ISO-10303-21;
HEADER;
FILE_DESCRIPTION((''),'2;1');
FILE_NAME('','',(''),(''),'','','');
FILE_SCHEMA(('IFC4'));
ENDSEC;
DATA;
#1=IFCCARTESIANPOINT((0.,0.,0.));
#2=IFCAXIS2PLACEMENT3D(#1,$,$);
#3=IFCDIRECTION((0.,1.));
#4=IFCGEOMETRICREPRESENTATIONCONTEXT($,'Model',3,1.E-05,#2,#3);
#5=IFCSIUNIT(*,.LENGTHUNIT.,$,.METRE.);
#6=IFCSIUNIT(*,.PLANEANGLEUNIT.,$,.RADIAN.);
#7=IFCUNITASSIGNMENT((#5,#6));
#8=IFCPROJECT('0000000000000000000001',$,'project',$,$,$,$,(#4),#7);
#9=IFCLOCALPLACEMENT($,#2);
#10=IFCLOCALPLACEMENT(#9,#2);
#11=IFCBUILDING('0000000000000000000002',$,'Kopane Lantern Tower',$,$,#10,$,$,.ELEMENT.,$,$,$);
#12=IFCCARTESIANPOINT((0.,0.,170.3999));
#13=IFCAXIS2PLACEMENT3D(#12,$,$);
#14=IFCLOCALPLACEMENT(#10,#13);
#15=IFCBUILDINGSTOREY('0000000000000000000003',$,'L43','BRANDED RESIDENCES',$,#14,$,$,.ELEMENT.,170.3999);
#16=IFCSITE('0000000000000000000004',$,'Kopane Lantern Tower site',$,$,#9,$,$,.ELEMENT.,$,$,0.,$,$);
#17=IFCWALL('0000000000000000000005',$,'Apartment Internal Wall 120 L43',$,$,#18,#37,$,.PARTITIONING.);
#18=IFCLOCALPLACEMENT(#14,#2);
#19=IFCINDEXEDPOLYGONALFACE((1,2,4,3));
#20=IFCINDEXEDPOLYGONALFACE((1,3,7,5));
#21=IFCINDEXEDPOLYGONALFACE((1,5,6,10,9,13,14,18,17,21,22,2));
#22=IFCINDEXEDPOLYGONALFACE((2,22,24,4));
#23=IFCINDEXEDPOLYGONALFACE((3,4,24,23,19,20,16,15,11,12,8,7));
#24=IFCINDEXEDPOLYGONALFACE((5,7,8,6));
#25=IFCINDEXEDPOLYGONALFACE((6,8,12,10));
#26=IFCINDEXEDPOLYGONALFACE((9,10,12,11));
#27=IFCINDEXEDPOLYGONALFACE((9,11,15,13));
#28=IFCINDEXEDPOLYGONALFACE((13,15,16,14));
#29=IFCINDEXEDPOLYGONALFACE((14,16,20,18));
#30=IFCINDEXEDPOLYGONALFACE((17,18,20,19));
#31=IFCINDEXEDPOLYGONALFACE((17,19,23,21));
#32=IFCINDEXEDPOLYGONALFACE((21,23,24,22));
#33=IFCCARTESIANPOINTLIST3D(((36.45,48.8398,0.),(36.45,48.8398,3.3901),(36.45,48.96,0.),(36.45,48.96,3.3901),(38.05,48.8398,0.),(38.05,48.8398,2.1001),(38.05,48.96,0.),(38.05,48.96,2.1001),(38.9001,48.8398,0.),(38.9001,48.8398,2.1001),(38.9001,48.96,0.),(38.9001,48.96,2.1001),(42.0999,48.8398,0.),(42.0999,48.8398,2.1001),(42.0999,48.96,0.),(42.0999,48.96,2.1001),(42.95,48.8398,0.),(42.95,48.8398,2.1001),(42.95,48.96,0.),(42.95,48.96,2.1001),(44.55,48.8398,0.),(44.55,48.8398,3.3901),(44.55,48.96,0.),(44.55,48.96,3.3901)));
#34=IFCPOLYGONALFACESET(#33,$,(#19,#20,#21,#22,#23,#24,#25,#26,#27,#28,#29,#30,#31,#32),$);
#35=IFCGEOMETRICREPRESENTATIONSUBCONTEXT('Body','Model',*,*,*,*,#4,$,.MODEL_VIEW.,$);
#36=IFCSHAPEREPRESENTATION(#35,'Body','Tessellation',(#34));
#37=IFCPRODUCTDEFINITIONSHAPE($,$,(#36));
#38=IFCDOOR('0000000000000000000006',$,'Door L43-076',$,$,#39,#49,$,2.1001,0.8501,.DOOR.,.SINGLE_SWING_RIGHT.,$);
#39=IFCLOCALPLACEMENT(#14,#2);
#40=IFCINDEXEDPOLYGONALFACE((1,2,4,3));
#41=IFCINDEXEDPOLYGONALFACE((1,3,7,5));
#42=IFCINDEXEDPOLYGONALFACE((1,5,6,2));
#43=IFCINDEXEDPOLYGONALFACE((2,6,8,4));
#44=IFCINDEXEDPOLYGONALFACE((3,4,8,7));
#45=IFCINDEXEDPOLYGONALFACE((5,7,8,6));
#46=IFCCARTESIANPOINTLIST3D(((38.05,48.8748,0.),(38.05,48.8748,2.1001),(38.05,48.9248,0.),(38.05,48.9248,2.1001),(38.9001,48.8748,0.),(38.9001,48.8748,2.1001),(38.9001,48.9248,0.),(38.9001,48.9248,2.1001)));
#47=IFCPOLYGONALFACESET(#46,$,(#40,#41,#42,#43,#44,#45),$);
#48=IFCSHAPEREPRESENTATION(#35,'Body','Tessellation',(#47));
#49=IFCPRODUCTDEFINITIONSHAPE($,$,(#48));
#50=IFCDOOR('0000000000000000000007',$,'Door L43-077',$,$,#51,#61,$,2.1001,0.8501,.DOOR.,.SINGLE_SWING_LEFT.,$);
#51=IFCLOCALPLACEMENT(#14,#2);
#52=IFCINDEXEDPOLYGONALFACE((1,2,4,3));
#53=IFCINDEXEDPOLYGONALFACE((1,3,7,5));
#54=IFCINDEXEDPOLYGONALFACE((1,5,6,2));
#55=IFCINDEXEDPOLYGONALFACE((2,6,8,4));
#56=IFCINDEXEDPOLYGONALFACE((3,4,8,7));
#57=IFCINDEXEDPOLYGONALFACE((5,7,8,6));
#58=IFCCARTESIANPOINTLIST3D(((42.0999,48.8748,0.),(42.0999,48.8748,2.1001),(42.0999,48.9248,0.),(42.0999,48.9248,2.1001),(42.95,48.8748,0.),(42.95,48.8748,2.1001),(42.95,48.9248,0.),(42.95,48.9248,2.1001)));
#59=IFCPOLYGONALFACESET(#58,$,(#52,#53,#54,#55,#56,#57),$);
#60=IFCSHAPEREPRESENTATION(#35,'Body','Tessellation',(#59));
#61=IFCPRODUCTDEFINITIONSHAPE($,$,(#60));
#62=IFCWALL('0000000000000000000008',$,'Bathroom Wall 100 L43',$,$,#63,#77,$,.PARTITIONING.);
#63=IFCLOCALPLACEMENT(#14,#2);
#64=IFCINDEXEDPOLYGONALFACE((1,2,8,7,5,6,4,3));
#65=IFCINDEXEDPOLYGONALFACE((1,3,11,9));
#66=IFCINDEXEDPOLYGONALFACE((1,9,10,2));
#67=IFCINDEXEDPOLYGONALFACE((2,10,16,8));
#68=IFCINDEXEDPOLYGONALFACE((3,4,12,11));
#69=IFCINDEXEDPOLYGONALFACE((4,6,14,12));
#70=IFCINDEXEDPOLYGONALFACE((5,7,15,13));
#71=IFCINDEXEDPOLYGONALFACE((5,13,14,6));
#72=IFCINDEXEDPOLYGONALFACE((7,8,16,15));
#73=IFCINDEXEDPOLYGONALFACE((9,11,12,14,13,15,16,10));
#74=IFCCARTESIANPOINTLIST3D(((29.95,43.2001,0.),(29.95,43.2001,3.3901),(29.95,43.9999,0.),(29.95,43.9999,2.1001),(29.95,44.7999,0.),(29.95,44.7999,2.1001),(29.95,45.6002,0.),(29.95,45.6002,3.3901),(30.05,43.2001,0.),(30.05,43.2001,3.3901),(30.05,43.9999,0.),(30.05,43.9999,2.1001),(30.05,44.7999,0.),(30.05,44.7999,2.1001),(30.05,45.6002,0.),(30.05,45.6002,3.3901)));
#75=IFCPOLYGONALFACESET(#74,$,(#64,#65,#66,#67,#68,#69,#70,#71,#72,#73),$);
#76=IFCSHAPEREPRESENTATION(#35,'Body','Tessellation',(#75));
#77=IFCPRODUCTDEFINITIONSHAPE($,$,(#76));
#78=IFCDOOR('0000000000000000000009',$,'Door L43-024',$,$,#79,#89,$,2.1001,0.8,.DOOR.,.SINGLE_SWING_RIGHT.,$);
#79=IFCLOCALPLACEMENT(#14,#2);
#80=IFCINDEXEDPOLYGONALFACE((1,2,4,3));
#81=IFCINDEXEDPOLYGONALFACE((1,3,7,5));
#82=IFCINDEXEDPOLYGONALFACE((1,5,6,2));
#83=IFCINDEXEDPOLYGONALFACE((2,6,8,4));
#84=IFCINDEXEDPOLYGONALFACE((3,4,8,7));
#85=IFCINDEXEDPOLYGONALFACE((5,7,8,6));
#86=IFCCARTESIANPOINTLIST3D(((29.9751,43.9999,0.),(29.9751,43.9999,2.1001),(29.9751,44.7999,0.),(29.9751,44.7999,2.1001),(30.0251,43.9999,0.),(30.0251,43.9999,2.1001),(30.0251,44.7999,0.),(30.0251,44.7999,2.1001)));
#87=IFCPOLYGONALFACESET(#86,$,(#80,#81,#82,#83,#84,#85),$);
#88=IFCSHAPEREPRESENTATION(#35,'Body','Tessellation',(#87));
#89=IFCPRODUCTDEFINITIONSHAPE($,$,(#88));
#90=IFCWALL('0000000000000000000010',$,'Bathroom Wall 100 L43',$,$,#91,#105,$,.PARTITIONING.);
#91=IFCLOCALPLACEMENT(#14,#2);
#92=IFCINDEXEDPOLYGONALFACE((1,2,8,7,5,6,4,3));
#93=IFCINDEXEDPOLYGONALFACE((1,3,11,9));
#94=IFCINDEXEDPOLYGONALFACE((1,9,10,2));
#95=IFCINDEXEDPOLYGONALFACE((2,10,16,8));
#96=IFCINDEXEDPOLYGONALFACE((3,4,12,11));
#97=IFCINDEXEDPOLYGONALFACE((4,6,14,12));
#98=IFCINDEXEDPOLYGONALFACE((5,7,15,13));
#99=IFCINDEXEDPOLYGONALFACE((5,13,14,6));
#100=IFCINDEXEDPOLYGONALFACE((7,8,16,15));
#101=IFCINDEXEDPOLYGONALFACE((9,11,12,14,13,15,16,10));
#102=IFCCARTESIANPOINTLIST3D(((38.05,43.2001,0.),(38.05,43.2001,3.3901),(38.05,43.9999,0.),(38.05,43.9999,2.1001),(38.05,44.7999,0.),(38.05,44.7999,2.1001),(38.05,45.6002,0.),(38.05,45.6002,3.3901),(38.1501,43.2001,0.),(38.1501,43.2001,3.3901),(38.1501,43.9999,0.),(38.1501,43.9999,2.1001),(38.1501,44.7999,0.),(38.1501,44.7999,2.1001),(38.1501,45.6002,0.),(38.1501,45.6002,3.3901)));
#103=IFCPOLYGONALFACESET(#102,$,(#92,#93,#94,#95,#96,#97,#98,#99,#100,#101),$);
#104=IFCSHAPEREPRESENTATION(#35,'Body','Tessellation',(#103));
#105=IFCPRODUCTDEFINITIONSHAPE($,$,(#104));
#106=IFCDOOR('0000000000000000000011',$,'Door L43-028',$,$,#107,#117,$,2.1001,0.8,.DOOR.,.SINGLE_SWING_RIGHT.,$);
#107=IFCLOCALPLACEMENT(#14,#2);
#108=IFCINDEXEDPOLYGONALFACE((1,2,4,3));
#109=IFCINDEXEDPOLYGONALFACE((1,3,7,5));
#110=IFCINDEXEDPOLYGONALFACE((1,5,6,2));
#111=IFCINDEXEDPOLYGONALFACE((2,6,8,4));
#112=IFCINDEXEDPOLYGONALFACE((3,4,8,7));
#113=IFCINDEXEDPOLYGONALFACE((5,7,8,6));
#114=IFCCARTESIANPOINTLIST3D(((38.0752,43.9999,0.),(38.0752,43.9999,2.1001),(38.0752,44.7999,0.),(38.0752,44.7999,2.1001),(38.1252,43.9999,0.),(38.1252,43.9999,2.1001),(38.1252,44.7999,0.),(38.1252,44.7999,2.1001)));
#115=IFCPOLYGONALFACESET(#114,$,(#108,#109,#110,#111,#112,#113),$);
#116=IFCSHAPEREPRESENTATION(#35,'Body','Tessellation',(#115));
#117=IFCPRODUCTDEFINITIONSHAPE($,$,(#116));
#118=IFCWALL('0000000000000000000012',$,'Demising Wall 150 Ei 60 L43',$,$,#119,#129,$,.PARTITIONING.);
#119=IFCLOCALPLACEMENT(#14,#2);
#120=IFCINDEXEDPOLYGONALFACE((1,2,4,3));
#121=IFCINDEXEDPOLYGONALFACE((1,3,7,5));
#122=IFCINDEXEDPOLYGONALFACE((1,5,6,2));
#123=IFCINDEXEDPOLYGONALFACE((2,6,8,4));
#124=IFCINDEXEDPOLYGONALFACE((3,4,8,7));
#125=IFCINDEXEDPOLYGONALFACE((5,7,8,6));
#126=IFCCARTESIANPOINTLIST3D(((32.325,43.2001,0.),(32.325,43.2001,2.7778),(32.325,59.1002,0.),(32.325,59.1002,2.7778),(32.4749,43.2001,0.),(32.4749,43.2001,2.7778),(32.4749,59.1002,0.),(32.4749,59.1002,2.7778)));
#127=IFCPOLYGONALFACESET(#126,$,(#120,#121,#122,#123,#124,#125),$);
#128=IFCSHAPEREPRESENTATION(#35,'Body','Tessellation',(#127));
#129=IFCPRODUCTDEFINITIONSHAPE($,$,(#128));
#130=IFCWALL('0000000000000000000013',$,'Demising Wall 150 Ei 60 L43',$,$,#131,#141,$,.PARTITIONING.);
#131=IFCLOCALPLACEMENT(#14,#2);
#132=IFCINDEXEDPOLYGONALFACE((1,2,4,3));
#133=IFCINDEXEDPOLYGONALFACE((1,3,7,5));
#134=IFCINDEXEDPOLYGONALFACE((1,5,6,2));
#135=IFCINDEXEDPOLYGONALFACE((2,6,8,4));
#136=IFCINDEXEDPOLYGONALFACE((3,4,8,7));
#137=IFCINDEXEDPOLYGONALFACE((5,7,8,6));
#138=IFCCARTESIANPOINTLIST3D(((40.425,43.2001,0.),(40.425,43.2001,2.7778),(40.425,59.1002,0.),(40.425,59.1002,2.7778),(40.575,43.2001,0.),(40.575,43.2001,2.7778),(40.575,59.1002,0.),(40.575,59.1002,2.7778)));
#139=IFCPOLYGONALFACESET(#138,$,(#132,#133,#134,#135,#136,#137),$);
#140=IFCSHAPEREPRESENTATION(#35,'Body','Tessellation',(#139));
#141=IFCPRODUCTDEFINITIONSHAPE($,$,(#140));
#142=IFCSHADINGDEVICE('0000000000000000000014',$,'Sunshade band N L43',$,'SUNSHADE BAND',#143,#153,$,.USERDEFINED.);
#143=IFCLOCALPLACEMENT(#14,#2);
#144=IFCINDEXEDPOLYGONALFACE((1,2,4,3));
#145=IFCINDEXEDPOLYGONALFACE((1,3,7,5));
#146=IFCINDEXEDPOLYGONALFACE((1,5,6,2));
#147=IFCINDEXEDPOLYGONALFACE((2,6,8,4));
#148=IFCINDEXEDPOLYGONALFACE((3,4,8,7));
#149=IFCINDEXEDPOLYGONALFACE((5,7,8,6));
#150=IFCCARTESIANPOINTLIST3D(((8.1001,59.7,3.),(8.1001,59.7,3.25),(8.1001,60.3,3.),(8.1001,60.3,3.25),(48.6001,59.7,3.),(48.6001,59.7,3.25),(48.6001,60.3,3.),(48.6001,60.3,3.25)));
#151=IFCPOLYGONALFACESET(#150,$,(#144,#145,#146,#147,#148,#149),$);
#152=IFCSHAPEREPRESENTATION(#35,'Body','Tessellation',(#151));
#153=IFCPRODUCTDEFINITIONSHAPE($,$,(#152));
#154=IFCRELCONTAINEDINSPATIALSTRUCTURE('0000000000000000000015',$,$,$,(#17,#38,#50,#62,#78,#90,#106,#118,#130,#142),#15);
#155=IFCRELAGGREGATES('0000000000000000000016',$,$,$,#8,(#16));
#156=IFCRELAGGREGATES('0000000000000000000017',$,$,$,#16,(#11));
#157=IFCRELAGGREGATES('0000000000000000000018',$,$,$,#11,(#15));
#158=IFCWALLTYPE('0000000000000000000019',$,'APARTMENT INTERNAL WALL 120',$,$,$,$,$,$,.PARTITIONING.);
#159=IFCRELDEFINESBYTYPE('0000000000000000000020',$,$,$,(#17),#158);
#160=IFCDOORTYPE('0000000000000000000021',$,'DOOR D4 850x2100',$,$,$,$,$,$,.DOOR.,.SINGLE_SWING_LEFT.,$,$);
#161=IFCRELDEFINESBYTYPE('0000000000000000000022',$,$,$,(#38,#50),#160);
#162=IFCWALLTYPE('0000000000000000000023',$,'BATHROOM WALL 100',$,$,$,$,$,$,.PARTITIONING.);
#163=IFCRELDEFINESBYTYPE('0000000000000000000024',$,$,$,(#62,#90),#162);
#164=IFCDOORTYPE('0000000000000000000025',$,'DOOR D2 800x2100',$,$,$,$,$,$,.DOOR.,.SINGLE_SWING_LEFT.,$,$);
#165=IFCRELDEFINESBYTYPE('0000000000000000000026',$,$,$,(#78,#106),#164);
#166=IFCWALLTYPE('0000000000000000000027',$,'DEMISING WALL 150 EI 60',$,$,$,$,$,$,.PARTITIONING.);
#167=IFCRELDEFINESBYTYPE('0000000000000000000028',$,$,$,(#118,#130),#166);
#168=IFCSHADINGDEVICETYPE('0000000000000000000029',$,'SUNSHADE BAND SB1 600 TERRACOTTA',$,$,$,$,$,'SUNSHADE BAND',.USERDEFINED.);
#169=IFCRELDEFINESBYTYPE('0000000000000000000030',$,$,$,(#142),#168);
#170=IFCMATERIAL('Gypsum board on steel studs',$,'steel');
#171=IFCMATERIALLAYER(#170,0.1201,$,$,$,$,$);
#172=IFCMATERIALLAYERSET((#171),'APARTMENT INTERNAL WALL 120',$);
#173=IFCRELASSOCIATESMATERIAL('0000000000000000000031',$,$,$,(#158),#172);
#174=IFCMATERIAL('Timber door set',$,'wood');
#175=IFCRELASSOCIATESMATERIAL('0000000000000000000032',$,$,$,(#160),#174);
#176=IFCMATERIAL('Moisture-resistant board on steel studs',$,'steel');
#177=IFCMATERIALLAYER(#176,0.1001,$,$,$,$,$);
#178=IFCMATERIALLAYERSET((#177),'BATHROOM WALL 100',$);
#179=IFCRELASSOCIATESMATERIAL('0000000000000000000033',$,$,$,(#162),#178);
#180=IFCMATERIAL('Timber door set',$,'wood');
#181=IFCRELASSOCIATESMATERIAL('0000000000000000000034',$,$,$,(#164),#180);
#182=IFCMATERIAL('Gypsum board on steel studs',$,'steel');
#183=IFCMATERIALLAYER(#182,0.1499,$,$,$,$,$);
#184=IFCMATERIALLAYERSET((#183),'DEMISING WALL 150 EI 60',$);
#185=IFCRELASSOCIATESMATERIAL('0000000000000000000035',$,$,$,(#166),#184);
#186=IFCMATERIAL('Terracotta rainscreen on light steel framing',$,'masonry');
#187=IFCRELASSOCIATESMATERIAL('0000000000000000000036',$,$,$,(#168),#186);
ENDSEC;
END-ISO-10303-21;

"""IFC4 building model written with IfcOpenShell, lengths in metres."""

from ifc_helpers import new_model, si_unit, direction, frame, frame_2d, origin, origin_2d, place, context, subcontext, project, spatial, rectangle, extrude, material, layer, layer_set, type_object, element, fill, save


model = new_model("IFC4")

# Units and contexts
model_context = context("Model", 3, precision=1e-05, world=origin(), true_north=direction((0.0, 1.0)))
body_context = subcontext(model_context, "Body", "Model", "MODEL_VIEW")
ifc_project = project(units=[si_unit("LENGTHUNIT", "METRE"), si_unit("PLANEANGLEUNIT", "RADIAN")], contexts=[model_context])

# Site, building, storey
site_placement = place(None, origin())
site = spatial("IfcSite", under=ifc_project, at=site_placement, Name="Kopane Lantern Tower site", CompositionType="ELEMENT", RefElevation=0.0)
building_placement = place(site_placement, origin())
building = spatial("IfcBuilding", under=site, at=building_placement, Name="Kopane Lantern Tower", CompositionType="ELEMENT")
storey_placement = place(building_placement, frame((0.0, 0.0, 170.3999)))
storey = spatial("IfcBuildingStorey", under=building, at=storey_placement, Name="L43", Description="BRANDED RESIDENCES", CompositionType="ELEMENT", Elevation=170.3999)

# Shared definitions
ifc_material_1 = material(Name="Gypsum board on steel studs", Category="steel")
ifc_layer_1 = layer(ifc_material_1, 0.1201)
ifc_layer_set_1 = layer_set([ifc_layer_1], Name="APARTMENT INTERNAL WALL 120")
wall_type_1 = type_object("IfcWallType", Name="APARTMENT INTERNAL WALL 120", PredefinedType="PARTITIONING", material=ifc_layer_set_1)

# Wall, openings, doors
wall_1_placement = place(storey_placement, frame((36.45, 48.8999, 0.0), z_axis=(0.0, 0.0, 1.0), x_axis=(1.0, 0.0, 0.0)))
wall_1 = element("IfcWall", 1, at=wall_1_placement, inside=storey, type_object=wall_type_1, Name="Apartment Internal Wall 120 L43", PredefinedType="PARTITIONING", context=body_context, shape_type="SweptSolid", body=[
    extrude(rectangle(XDim=8.1001, YDim=0.1201, at=frame_2d((4.05, 0.0))), origin(), (0.0, 0.0, 1.0), 3.3901),
])
opening_1_placement = place(wall_1_placement, frame((1.6001, 0.0, 0.0)))
opening_1 = element("IfcOpeningElement", 2, at=opening_1_placement, cuts=wall_1, PredefinedType="OPENING", context=body_context, shape_type="SweptSolid", body=[
    extrude(rectangle(XDim=0.8501, YDim=2.1001, at=frame_2d((0.425, 1.05))), frame((0.0, 0.0701, 0.0), z_axis=(0.0, -1.0, 0.0), x_axis=(1.0, 0.0, 0.0)), (0.0, 0.0, 1.0), 0.1401),
])
opening_2_placement = place(wall_1_placement, frame((5.6499, 0.0, 0.0)))
opening_2 = element("IfcOpeningElement", 3, at=opening_2_placement, cuts=wall_1, PredefinedType="OPENING", context=body_context, shape_type="SweptSolid", body=[
    extrude(rectangle(XDim=0.8501, YDim=2.1001, at=frame_2d((0.425, 1.05))), frame((0.0, 0.0701, 0.0), z_axis=(0.0, -1.0, 0.0), x_axis=(1.0, 0.0, 0.0)), (0.0, 0.0, 1.0), 0.1401),
])
ifc_material_2 = material(Name="Timber door set", Category="wood")
door_type_1 = type_object("IfcDoorType", Name="DOOR D4 850x2100", OperationType="SINGLE_SWING_LEFT", PredefinedType="DOOR", material=ifc_material_2)
door_1_placement = place(opening_1_placement, origin())
door_1 = element("IfcDoor", 4, at=door_1_placement, inside=storey, type_object=door_type_1, Name="Door L43-076", OperationType="SINGLE_SWING_RIGHT", OverallHeight=2.1001, OverallWidth=0.8501, PredefinedType="DOOR", context=body_context, shape_type="SweptSolid", body=[
    extrude(rectangle(XDim=0.8501, YDim=2.1001, at=frame_2d((0.425, 1.05))), frame((0.0, 0.0249, 0.0), z_axis=(0.0, -1.0, 0.0), x_axis=(1.0, 0.0, 0.0)), (0.0, 0.0, 1.0), 0.05),
])
fill(opening_1, door_1)
door_2_placement = place(opening_2_placement, origin())
door_2 = element("IfcDoor", 5, at=door_2_placement, inside=storey, type_object=door_type_1, Name="Door L43-077", OperationType="SINGLE_SWING_LEFT", OverallHeight=2.1001, OverallWidth=0.8501, PredefinedType="DOOR", context=body_context, shape_type="SweptSolid", body=[
    extrude(rectangle(XDim=0.8501, YDim=2.1001, at=frame_2d((0.425, 1.05))), frame((0.0, 0.0249, 0.0), z_axis=(0.0, -1.0, 0.0), x_axis=(1.0, 0.0, 0.0)), (0.0, 0.0, 1.0), 0.05),
])
fill(opening_2, door_2)

# Walls, openings, doors
ifc_material_3 = material(Name="Moisture-resistant board on steel studs", Category="steel")
ifc_layer_2 = layer(ifc_material_3, 0.1001)
ifc_layer_set_2 = layer_set([ifc_layer_2], Name="BATHROOM WALL 100")
wall_type_2 = type_object("IfcWallType", Name="BATHROOM WALL 100", PredefinedType="PARTITIONING", material=ifc_layer_set_2)
wall_2_placement = place(storey_placement, frame((30.0, 43.2, 0.0), z_axis=(0.0, 0.0, 1.0), x_axis=(0.0, 1.0, 0.0)))
wall_2 = element("IfcWall", 6, at=wall_2_placement, inside=storey, type_object=wall_type_2, Name="Bathroom Wall 100 L43", PredefinedType="PARTITIONING", context=body_context, shape_type="SweptSolid", body=[
    extrude(rectangle(XDim=2.4001, YDim=0.1001, at=frame_2d((1.2002, 0.0))), origin(), (0.0, 0.0, 1.0), 3.3901),
])
opening_3_placement = place(wall_2_placement, frame((0.8, 0.0, 0.0)))
opening_3 = element("IfcOpeningElement", 7, at=opening_3_placement, cuts=wall_2, PredefinedType="OPENING", context=body_context, shape_type="SweptSolid", body=[
    extrude(rectangle(XDim=0.8, YDim=2.1001, at=frame_2d((0.3999, 1.05))), frame((0.0, 0.0601, 0.0), z_axis=(0.0, -1.0, 0.0), x_axis=(1.0, 0.0, 0.0)), (0.0, 0.0, 1.0), 0.1201),
])
ifc_material_4 = material(Name="Timber door set", Category="wood")
door_type_2 = type_object("IfcDoorType", Name="DOOR D2 800x2100", OperationType="SINGLE_SWING_LEFT", PredefinedType="DOOR", material=ifc_material_4)
door_3_placement = place(opening_3_placement, origin())
door_3 = element("IfcDoor", 8, at=door_3_placement, inside=storey, type_object=door_type_2, Name="Door L43-024", OperationType="SINGLE_SWING_RIGHT", OverallHeight=2.1001, OverallWidth=0.8, PredefinedType="DOOR", context=body_context, shape_type="SweptSolid", body=[
    extrude(rectangle(XDim=0.8, YDim=2.1001, at=frame_2d((0.3999, 1.05))), frame((0.0, 0.0249, 0.0), z_axis=(0.0, -1.0, 0.0), x_axis=(1.0, 0.0, 0.0)), (0.0, 0.0, 1.0), 0.05),
])
fill(opening_3, door_3)
wall_3_placement = place(storey_placement, frame((38.1001, 43.2, 0.0), z_axis=(0.0, 0.0, 1.0), x_axis=(0.0, 1.0, 0.0)))
wall_3 = element("IfcWall", 9, at=wall_3_placement, inside=storey, type_object=wall_type_2, Name="Bathroom Wall 100 L43", PredefinedType="PARTITIONING", context=body_context, shape_type="SweptSolid", body=[
    extrude(rectangle(XDim=2.4001, YDim=0.1001, at=frame_2d((1.2002, 0.0))), origin(), (0.0, 0.0, 1.0), 3.3901),
])
opening_4_placement = place(wall_3_placement, frame((0.8, 0.0, 0.0)))
opening_4 = element("IfcOpeningElement", 10, at=opening_4_placement, cuts=wall_3, PredefinedType="OPENING", context=body_context, shape_type="SweptSolid", body=[
    extrude(rectangle(XDim=0.8, YDim=2.1001, at=frame_2d((0.3999, 1.05))), frame((0.0, 0.0601, 0.0), z_axis=(0.0, -1.0, 0.0), x_axis=(1.0, 0.0, 0.0)), (0.0, 0.0, 1.0), 0.1201),
])
door_4_placement = place(opening_4_placement, origin())
door_4 = element("IfcDoor", 11, at=door_4_placement, inside=storey, type_object=door_type_2, Name="Door L43-028", OperationType="SINGLE_SWING_RIGHT", OverallHeight=2.1001, OverallWidth=0.8, PredefinedType="DOOR", context=body_context, shape_type="SweptSolid", body=[
    extrude(rectangle(XDim=0.8, YDim=2.1001, at=frame_2d((0.3999, 1.05))), frame((0.0, 0.0249, 0.0), z_axis=(0.0, -1.0, 0.0), x_axis=(1.0, 0.0, 0.0)), (0.0, 0.0, 1.0), 0.05),
])
fill(opening_4, door_4)

# Walls
ifc_material_5 = material(Name="Gypsum board on steel studs", Category="steel")
ifc_layer_3 = layer(ifc_material_5, 0.1499)
ifc_layer_set_3 = layer_set([ifc_layer_3], Name="DEMISING WALL 150 EI 60")
wall_type_3 = type_object("IfcWallType", Name="DEMISING WALL 150 EI 60", PredefinedType="PARTITIONING", material=ifc_layer_set_3)
for number, where, z_axis, x_axis, name in (
    (12, (32.3999, 43.2, 0.0), (0.0, 0.0, 1.0), (0.0, 1.0, 0.0), "Demising Wall 150 Ei 60 L43"),
    (13, (40.5, 43.2, 0.0), (0.0, 0.0, 1.0), (0.0, 1.0, 0.0), "Demising Wall 150 Ei 60 L43"),
):
    element("IfcWall", number, at=place(storey_placement, frame(where, z_axis=z_axis, x_axis=x_axis)), inside=storey, type_object=wall_type_3, Name=name, PredefinedType="PARTITIONING", context=body_context, shape_type="SweptSolid", body=[
        extrude(rectangle(XDim=15.9001, YDim=0.1499, at=frame_2d((7.9502, 0.0))), origin(), (0.0, 0.0, 1.0), 2.7778),
    ])

# Shading device
ifc_material_6 = material(Name="Terracotta rainscreen on light steel framing", Category="masonry")
shading_device_type = type_object("IfcShadingDeviceType", Name="SUNSHADE BAND SB1 600 TERRACOTTA", ElementType="SUNSHADE BAND", PredefinedType="USERDEFINED", material=ifc_material_6)
shading_device_placement = place(storey_placement, frame((28.3501, 60.0, 3.0), z_axis=(0.0, 0.0, 1.0), x_axis=(-1.0, 0.0, 0.0)))
element("IfcShadingDevice", 14, at=shading_device_placement, inside=storey, type_object=shading_device_type, Name="Sunshade band N L43", ObjectType="SUNSHADE BAND", PredefinedType="USERDEFINED", context=body_context, shape_type="SweptSolid", body=[
    extrude(rectangle(XDim=40.5, YDim=0.6001, at=origin_2d()), origin(), (0.0, 0.0, 1.0), 0.25),
])

save(model, "model.ifc")
